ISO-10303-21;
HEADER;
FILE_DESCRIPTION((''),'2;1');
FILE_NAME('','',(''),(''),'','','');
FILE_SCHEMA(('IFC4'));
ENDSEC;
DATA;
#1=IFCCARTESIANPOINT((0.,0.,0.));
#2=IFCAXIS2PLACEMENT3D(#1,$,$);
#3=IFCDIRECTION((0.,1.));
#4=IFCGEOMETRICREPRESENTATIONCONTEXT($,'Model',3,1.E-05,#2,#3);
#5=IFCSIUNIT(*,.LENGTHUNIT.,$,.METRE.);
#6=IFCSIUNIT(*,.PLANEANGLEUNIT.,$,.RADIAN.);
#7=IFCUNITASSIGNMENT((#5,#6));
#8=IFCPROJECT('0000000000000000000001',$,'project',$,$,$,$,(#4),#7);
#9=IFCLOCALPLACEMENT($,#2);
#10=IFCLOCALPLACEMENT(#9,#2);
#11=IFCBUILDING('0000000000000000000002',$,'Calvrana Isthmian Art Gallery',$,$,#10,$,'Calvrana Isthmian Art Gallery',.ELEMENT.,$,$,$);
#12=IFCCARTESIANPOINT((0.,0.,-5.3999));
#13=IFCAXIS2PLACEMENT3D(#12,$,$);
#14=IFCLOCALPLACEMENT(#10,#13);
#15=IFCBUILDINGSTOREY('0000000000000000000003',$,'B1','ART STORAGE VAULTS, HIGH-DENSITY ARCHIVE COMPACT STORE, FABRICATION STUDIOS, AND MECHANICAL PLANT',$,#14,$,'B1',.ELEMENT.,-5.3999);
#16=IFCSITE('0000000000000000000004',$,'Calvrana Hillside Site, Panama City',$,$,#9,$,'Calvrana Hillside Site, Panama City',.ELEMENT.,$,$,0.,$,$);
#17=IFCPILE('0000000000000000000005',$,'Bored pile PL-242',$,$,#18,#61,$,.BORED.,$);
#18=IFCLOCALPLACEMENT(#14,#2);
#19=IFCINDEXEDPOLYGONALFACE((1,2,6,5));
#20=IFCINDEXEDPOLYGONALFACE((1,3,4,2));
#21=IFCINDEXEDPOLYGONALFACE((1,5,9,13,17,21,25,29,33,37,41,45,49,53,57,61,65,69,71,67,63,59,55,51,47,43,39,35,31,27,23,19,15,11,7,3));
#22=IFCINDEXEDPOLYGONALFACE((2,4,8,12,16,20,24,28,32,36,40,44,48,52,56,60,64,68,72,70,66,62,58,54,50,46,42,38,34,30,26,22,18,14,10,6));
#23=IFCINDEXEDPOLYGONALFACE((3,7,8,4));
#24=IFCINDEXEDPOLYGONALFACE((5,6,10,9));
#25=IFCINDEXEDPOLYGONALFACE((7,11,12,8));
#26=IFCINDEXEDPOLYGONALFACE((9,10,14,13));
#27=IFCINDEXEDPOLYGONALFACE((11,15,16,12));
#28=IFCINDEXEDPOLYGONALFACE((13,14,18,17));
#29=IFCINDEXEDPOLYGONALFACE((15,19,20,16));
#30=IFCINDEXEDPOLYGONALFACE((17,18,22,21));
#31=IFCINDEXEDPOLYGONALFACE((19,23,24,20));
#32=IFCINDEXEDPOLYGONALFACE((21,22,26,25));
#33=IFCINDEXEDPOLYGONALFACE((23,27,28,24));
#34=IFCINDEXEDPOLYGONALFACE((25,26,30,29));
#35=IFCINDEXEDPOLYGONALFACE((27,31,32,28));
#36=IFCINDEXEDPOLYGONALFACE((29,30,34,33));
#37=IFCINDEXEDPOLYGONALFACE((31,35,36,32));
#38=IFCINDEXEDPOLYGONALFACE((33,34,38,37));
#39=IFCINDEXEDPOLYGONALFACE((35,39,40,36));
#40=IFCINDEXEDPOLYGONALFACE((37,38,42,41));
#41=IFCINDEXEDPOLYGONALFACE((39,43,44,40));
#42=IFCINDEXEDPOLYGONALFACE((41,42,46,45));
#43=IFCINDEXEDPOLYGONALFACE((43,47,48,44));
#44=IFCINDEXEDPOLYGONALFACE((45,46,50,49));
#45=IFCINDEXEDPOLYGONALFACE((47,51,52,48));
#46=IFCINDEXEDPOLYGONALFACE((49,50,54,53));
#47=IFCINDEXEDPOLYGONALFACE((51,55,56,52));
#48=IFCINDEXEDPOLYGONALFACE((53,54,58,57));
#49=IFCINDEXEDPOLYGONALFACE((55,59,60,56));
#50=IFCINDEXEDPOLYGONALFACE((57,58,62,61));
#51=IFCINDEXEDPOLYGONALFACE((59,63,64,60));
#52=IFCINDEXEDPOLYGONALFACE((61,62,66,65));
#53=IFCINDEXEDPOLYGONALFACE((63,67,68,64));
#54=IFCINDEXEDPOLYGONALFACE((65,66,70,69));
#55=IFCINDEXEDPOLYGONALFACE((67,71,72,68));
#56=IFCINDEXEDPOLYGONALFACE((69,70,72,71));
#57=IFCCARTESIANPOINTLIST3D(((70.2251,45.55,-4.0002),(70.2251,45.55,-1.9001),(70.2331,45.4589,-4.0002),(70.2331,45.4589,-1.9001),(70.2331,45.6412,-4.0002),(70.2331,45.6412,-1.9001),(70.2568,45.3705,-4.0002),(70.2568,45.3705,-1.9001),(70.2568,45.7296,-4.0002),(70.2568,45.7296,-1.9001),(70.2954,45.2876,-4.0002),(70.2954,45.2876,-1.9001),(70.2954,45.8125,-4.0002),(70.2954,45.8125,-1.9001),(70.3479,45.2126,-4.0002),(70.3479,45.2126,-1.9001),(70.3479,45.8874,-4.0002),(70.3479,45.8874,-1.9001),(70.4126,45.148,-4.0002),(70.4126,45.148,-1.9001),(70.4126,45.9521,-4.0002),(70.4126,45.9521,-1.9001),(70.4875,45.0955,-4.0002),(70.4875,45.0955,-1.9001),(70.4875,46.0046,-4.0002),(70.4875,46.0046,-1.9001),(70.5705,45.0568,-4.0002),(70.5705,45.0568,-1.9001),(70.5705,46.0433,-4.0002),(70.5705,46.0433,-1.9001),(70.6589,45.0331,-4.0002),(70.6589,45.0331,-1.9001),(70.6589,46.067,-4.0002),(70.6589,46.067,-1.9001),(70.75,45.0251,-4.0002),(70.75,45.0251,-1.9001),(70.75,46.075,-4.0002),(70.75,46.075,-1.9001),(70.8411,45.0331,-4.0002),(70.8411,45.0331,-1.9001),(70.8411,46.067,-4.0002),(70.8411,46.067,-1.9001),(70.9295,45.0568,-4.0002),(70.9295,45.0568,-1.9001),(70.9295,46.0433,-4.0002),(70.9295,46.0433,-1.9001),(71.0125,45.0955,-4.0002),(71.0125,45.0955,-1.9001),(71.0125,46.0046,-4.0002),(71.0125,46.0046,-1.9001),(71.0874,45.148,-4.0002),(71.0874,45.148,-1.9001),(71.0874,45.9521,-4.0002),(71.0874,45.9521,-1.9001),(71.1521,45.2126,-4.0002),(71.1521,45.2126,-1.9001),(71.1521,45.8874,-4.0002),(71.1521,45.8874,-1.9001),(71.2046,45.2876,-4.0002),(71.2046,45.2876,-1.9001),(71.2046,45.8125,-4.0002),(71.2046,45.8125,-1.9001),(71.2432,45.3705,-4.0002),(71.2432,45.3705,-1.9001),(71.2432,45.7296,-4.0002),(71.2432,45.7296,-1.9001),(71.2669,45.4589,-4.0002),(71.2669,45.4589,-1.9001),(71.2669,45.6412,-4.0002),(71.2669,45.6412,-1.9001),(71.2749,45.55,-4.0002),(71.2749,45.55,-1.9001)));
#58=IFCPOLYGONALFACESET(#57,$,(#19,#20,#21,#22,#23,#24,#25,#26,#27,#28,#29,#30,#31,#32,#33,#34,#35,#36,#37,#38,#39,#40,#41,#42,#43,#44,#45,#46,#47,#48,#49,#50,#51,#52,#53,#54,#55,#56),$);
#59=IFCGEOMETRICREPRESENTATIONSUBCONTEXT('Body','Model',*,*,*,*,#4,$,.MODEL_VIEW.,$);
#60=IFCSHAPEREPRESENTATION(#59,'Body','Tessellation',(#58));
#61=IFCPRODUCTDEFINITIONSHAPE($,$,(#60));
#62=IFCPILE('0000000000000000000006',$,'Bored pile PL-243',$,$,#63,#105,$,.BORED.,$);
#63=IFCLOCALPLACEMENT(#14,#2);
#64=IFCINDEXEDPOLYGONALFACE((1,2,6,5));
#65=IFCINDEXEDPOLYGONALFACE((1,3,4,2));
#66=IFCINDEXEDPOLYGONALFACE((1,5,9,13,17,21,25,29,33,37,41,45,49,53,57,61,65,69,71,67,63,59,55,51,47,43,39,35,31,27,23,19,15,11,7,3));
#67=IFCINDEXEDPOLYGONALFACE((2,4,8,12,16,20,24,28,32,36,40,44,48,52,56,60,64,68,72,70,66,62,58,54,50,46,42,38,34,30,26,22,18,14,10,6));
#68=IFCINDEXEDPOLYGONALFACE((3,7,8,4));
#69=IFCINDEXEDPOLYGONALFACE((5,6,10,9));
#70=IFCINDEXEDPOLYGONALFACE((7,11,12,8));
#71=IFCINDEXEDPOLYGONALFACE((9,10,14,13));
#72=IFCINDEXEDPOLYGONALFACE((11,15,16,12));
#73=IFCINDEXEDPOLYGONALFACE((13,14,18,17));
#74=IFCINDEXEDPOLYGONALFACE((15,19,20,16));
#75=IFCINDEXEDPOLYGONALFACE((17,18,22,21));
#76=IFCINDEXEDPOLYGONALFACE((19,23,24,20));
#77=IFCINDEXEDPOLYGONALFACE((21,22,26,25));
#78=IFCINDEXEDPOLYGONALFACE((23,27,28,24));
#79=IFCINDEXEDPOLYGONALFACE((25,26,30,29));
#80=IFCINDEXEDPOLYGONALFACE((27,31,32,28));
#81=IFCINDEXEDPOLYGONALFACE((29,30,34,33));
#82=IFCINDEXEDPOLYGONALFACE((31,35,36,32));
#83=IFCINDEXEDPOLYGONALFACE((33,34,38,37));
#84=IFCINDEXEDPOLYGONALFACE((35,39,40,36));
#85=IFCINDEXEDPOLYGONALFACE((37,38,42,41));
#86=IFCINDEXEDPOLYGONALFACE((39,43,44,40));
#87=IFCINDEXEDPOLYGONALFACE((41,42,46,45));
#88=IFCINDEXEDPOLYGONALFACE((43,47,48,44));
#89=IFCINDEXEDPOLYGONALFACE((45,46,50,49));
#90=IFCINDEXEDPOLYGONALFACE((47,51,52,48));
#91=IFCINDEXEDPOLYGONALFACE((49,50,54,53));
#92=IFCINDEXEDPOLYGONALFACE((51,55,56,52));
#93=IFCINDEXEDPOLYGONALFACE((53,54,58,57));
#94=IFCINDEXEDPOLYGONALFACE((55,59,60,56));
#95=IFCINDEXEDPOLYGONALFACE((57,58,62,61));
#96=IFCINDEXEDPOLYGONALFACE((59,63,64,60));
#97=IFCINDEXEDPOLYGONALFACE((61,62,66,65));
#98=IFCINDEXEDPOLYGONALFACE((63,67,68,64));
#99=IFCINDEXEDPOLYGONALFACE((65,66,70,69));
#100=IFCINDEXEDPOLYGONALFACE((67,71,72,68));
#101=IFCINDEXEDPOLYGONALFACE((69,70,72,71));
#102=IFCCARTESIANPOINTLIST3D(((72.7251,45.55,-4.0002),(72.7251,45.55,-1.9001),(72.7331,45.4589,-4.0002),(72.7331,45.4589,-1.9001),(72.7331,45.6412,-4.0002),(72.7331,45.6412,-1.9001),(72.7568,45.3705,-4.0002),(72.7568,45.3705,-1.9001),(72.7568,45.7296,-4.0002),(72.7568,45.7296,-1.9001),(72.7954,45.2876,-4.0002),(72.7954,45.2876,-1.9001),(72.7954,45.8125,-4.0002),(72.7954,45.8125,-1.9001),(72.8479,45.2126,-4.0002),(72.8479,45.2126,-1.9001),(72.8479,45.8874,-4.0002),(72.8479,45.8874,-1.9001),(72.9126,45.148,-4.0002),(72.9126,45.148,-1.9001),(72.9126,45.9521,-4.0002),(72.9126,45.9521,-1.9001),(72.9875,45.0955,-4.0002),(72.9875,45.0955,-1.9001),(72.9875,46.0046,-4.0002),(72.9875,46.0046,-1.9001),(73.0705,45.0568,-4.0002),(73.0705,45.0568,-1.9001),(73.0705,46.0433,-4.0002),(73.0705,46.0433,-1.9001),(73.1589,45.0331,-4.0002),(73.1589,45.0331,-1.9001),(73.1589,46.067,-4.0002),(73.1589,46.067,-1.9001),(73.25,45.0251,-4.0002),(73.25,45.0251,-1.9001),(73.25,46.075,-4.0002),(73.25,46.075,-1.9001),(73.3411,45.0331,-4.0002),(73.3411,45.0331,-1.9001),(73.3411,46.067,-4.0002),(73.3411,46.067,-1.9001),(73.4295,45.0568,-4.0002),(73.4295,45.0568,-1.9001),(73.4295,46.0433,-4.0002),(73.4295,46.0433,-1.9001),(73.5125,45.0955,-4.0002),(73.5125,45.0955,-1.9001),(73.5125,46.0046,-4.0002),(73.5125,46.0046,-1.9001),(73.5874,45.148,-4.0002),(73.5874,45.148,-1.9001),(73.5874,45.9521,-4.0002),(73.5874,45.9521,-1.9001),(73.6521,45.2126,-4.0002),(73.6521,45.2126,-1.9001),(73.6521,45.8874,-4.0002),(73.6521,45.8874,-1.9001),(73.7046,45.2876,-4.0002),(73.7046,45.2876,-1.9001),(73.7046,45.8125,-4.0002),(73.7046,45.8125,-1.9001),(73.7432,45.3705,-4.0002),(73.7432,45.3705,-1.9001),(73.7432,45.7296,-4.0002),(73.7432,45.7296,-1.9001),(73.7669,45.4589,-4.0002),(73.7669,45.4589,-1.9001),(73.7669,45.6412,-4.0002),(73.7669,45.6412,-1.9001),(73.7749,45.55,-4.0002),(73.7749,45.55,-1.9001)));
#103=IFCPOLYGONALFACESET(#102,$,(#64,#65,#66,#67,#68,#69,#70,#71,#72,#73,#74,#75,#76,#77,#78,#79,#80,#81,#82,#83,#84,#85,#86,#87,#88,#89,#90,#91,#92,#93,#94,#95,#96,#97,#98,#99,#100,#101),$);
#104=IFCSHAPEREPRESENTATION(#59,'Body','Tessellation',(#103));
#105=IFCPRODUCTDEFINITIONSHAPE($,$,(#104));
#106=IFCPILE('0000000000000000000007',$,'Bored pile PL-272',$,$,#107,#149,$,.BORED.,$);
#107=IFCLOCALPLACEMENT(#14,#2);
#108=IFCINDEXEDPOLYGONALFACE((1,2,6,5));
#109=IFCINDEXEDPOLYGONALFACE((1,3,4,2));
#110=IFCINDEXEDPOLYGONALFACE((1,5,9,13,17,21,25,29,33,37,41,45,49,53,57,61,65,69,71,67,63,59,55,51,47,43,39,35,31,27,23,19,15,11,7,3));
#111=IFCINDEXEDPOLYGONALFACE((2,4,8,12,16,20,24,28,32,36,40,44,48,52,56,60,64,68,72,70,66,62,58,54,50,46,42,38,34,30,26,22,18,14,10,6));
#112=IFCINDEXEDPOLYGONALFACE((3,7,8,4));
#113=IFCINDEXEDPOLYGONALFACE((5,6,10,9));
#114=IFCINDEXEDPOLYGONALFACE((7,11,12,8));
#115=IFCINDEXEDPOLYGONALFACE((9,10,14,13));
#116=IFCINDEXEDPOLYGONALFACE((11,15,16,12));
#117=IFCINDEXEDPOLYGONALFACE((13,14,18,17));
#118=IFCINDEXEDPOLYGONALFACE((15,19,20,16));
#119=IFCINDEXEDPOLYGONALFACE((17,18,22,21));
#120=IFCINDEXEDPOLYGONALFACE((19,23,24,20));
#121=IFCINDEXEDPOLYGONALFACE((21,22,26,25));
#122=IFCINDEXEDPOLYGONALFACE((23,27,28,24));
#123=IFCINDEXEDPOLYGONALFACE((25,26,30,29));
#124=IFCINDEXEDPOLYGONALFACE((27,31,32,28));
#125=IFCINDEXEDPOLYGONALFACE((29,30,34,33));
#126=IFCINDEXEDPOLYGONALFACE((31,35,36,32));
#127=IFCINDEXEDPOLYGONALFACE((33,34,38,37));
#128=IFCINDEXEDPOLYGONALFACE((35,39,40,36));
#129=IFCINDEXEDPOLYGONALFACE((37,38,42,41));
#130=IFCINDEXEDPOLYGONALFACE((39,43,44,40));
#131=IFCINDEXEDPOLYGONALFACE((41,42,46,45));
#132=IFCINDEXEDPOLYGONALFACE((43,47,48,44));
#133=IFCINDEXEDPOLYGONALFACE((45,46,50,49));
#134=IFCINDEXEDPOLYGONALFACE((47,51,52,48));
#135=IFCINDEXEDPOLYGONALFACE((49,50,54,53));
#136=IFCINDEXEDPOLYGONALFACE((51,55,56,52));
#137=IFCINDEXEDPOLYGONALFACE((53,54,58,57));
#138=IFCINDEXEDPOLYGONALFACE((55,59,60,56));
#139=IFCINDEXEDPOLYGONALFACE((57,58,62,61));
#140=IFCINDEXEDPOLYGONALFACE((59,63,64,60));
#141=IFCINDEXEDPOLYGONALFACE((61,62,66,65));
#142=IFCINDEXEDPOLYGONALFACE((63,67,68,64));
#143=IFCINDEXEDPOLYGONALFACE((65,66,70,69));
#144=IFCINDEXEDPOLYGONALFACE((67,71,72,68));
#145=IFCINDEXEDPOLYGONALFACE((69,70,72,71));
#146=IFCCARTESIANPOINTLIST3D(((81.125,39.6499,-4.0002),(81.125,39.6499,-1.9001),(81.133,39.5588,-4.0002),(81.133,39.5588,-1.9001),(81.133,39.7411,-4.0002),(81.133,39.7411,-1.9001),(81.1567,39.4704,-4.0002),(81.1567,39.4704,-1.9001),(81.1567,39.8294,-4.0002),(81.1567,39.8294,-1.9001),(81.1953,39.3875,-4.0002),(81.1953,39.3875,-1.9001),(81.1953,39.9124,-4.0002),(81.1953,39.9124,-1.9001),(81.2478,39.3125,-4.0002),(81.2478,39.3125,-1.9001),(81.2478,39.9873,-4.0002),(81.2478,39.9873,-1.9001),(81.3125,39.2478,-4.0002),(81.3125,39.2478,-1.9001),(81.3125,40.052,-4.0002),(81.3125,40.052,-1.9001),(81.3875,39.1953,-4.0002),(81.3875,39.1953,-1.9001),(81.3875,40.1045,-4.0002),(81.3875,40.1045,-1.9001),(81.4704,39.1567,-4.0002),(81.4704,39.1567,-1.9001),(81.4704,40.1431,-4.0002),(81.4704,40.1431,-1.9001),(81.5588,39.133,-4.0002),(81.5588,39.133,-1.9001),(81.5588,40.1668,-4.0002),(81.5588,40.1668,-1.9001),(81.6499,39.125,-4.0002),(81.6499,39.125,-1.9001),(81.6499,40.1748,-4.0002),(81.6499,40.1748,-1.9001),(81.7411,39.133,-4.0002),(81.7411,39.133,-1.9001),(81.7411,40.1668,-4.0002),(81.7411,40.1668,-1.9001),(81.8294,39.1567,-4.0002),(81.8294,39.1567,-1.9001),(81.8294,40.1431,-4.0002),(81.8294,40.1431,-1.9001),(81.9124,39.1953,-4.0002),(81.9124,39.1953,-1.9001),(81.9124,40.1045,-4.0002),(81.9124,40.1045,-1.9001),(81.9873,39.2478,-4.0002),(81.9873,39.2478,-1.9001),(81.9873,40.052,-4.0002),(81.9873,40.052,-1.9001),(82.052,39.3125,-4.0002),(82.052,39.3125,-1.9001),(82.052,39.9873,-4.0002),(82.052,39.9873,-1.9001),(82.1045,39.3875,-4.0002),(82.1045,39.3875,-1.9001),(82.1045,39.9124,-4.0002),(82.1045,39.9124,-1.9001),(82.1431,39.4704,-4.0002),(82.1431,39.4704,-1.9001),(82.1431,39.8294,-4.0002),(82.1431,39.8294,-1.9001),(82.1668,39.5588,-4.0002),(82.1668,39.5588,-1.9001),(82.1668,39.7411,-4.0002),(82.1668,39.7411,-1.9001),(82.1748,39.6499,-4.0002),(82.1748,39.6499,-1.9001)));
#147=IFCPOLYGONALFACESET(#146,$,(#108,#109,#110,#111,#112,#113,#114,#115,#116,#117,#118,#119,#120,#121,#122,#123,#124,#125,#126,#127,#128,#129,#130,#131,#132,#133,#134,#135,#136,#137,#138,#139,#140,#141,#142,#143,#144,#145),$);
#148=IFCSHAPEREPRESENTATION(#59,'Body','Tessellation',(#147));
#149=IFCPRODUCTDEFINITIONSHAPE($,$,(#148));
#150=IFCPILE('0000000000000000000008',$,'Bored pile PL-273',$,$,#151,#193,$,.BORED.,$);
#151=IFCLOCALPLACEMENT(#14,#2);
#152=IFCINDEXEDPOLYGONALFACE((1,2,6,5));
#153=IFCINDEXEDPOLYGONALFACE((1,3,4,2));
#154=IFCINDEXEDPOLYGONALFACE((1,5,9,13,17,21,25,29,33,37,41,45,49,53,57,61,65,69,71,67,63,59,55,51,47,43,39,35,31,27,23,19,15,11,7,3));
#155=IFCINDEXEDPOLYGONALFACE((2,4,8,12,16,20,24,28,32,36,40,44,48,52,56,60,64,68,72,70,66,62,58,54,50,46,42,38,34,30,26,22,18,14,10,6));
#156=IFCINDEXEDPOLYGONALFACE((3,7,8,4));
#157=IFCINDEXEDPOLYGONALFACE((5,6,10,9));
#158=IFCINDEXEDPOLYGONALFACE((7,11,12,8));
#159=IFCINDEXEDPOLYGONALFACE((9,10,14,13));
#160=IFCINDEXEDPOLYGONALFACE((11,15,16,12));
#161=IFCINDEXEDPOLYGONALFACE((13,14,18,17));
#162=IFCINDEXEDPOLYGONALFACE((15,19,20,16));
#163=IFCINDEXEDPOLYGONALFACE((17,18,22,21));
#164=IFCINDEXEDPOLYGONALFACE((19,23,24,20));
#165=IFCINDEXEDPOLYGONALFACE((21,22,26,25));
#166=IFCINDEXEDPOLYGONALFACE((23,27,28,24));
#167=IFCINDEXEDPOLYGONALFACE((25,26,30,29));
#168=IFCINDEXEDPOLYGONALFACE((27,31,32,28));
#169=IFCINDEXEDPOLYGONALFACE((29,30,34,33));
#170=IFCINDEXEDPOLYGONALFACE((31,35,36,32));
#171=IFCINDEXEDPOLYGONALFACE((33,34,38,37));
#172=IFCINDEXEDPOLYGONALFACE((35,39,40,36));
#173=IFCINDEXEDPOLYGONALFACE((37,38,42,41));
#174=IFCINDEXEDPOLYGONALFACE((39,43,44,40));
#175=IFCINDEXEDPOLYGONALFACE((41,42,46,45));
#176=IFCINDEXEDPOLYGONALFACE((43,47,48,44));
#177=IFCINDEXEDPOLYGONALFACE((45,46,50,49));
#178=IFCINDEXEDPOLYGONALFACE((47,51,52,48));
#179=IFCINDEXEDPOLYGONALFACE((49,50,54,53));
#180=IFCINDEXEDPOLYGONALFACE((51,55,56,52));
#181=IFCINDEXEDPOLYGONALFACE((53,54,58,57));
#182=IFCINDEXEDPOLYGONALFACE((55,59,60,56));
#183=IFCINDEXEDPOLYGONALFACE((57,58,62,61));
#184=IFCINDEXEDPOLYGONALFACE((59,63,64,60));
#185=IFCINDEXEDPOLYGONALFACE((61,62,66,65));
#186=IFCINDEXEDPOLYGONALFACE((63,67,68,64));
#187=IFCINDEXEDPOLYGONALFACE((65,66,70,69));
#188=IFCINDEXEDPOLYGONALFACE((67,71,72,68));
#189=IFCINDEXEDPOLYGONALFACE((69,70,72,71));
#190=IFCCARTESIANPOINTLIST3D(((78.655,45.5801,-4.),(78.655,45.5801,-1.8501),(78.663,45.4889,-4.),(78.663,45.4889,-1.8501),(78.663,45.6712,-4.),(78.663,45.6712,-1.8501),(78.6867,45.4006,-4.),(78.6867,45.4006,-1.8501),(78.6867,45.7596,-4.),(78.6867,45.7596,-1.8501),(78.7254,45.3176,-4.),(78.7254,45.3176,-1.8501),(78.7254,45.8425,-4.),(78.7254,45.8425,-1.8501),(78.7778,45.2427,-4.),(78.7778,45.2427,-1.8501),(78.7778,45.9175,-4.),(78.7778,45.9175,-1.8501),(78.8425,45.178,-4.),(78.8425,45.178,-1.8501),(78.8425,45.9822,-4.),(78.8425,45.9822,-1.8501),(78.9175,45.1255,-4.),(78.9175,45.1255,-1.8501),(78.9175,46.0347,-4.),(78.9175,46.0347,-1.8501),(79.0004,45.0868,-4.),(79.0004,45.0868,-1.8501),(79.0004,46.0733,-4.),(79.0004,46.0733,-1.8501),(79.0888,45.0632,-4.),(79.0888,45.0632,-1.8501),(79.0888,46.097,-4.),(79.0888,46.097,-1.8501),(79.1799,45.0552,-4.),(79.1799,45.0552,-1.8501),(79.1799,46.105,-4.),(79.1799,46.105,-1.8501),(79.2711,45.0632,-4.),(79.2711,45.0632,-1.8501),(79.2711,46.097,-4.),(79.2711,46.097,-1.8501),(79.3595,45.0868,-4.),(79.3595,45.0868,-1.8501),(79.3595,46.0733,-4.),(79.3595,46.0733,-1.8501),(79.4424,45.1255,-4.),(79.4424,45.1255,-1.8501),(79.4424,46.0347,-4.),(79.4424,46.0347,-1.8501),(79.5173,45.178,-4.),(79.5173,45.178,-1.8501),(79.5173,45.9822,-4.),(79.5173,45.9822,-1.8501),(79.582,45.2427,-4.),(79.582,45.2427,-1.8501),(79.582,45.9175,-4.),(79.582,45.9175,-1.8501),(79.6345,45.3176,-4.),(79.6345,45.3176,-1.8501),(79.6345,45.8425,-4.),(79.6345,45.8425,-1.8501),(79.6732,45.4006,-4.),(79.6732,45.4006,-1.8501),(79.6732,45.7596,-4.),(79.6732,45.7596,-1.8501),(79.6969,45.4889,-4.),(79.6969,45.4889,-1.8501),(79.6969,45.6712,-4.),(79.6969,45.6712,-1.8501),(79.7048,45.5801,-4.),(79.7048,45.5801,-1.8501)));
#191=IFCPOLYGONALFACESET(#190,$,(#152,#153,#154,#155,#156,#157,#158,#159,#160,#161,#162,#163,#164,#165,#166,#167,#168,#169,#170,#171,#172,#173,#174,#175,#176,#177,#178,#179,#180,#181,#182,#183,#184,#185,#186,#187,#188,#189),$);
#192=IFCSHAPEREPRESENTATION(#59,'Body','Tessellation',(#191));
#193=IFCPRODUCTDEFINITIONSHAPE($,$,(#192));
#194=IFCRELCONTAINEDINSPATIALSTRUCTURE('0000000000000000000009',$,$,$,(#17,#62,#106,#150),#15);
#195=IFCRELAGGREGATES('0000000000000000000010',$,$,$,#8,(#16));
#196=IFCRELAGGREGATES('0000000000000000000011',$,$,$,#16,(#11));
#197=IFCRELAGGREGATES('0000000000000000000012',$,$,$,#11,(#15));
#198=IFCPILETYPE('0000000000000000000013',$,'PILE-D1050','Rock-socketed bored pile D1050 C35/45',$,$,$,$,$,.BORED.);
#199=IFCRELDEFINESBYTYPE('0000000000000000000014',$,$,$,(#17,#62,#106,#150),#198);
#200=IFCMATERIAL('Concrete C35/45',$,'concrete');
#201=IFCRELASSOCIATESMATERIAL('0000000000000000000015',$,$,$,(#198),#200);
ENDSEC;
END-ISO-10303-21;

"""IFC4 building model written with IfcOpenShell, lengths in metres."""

from ifc_helpers import new_model, si_unit, direction, frame, origin, origin_2d, place, context, subcontext, project, spatial, circle, extrude, material, material_profile, profile_set, type_object, element, save


model = new_model("IFC4")

# Units and contexts
model_context = context("Model", 3, precision=1e-05, world=origin(), true_north=direction((0.0, 1.0)))
body_context = subcontext(model_context, "Body", "Model", "MODEL_VIEW")
ifc_project = project(units=[si_unit("LENGTHUNIT", "METRE"), si_unit("PLANEANGLEUNIT", "RADIAN")], contexts=[model_context])

# Site, building, storey
site_placement = place(None, origin())
site = spatial("IfcSite", under=ifc_project, at=site_placement, Name="Calvrana Hillside Site, Panama City", LongName="Calvrana Hillside Site, Panama City", CompositionType="ELEMENT", RefElevation=0.0)
building_placement = place(site_placement, origin())
building = spatial("IfcBuilding", under=site, at=building_placement, Name="Calvrana Isthmian Art Gallery", LongName="Calvrana Isthmian Art Gallery", CompositionType="ELEMENT")
storey_placement = place(building_placement, frame((0.0, 0.0, -5.3999)))
storey = spatial("IfcBuildingStorey", under=building, at=storey_placement, Name="B1", Description="ART STORAGE VAULTS, HIGH-DENSITY ARCHIVE COMPACT STORE, FABRICATION STUDIOS, AND MECHANICAL PLANT", LongName="B1", CompositionType="ELEMENT", Elevation=-5.3999)

# Shared definitions
ifc_material_1 = material(Name="Concrete C35/45", Category="concrete")

# Piles
ifc_material_profile_1 = material_profile(ifc_material_1, circle(Radius=0.5249, at=origin_2d()), Name="PILE1050D")
ifc_profile_set_1 = profile_set([ifc_material_profile_1], Name="Concrete C35/45")
pile_type = type_object("IfcPileType", Name="PILE-D1050", Description="Rock-socketed bored pile D1050 C35/45", PredefinedType="BORED", material=ifc_profile_set_1)
for number, where, z_axis, x_axis, name in (
    (1, (70.75, 45.55, -1.9001), (0.0, 0.0, -1.0), (1.0, 0.0, 0.0), "Bored pile PL-242"),
    (2, (73.25, 45.55, -1.9001), (0.0, 0.0, -1.0), (1.0, 0.0, 0.0), "Bored pile PL-243"),
    (3, (81.6499, 39.6499, -1.9001), (0.0, 0.0, -1.0), (1.0, 0.0, 0.0), "Bored pile PL-272"),
):
    element("IfcPile", number, at=place(storey_placement, frame(where, z_axis=z_axis, x_axis=x_axis)), inside=storey, type_object=pile_type, Name=name, PredefinedType="BORED", context=body_context, shape_type="SweptSolid", body=[
        extrude(circle(Radius=0.5249, at=origin_2d()), origin(), (0.0, 0.0, 1.0), 2.1001),
    ])
for number, where, z_axis, x_axis, name in (
    (4, (79.1799, 45.5801, -1.8501), (0.0, 0.0, -1.0), (1.0, 0.0, 0.0), "Bored pile PL-273"),
):
    element("IfcPile", number, at=place(storey_placement, frame(where, z_axis=z_axis, x_axis=x_axis)), inside=storey, type_object=pile_type, Name=name, PredefinedType="BORED", context=body_context, shape_type="SweptSolid", body=[
        extrude(circle(Radius=0.5249, at=origin_2d()), origin(), (0.0, 0.0, 1.0), 2.1499),
    ])

save(model, "model.ifc")
